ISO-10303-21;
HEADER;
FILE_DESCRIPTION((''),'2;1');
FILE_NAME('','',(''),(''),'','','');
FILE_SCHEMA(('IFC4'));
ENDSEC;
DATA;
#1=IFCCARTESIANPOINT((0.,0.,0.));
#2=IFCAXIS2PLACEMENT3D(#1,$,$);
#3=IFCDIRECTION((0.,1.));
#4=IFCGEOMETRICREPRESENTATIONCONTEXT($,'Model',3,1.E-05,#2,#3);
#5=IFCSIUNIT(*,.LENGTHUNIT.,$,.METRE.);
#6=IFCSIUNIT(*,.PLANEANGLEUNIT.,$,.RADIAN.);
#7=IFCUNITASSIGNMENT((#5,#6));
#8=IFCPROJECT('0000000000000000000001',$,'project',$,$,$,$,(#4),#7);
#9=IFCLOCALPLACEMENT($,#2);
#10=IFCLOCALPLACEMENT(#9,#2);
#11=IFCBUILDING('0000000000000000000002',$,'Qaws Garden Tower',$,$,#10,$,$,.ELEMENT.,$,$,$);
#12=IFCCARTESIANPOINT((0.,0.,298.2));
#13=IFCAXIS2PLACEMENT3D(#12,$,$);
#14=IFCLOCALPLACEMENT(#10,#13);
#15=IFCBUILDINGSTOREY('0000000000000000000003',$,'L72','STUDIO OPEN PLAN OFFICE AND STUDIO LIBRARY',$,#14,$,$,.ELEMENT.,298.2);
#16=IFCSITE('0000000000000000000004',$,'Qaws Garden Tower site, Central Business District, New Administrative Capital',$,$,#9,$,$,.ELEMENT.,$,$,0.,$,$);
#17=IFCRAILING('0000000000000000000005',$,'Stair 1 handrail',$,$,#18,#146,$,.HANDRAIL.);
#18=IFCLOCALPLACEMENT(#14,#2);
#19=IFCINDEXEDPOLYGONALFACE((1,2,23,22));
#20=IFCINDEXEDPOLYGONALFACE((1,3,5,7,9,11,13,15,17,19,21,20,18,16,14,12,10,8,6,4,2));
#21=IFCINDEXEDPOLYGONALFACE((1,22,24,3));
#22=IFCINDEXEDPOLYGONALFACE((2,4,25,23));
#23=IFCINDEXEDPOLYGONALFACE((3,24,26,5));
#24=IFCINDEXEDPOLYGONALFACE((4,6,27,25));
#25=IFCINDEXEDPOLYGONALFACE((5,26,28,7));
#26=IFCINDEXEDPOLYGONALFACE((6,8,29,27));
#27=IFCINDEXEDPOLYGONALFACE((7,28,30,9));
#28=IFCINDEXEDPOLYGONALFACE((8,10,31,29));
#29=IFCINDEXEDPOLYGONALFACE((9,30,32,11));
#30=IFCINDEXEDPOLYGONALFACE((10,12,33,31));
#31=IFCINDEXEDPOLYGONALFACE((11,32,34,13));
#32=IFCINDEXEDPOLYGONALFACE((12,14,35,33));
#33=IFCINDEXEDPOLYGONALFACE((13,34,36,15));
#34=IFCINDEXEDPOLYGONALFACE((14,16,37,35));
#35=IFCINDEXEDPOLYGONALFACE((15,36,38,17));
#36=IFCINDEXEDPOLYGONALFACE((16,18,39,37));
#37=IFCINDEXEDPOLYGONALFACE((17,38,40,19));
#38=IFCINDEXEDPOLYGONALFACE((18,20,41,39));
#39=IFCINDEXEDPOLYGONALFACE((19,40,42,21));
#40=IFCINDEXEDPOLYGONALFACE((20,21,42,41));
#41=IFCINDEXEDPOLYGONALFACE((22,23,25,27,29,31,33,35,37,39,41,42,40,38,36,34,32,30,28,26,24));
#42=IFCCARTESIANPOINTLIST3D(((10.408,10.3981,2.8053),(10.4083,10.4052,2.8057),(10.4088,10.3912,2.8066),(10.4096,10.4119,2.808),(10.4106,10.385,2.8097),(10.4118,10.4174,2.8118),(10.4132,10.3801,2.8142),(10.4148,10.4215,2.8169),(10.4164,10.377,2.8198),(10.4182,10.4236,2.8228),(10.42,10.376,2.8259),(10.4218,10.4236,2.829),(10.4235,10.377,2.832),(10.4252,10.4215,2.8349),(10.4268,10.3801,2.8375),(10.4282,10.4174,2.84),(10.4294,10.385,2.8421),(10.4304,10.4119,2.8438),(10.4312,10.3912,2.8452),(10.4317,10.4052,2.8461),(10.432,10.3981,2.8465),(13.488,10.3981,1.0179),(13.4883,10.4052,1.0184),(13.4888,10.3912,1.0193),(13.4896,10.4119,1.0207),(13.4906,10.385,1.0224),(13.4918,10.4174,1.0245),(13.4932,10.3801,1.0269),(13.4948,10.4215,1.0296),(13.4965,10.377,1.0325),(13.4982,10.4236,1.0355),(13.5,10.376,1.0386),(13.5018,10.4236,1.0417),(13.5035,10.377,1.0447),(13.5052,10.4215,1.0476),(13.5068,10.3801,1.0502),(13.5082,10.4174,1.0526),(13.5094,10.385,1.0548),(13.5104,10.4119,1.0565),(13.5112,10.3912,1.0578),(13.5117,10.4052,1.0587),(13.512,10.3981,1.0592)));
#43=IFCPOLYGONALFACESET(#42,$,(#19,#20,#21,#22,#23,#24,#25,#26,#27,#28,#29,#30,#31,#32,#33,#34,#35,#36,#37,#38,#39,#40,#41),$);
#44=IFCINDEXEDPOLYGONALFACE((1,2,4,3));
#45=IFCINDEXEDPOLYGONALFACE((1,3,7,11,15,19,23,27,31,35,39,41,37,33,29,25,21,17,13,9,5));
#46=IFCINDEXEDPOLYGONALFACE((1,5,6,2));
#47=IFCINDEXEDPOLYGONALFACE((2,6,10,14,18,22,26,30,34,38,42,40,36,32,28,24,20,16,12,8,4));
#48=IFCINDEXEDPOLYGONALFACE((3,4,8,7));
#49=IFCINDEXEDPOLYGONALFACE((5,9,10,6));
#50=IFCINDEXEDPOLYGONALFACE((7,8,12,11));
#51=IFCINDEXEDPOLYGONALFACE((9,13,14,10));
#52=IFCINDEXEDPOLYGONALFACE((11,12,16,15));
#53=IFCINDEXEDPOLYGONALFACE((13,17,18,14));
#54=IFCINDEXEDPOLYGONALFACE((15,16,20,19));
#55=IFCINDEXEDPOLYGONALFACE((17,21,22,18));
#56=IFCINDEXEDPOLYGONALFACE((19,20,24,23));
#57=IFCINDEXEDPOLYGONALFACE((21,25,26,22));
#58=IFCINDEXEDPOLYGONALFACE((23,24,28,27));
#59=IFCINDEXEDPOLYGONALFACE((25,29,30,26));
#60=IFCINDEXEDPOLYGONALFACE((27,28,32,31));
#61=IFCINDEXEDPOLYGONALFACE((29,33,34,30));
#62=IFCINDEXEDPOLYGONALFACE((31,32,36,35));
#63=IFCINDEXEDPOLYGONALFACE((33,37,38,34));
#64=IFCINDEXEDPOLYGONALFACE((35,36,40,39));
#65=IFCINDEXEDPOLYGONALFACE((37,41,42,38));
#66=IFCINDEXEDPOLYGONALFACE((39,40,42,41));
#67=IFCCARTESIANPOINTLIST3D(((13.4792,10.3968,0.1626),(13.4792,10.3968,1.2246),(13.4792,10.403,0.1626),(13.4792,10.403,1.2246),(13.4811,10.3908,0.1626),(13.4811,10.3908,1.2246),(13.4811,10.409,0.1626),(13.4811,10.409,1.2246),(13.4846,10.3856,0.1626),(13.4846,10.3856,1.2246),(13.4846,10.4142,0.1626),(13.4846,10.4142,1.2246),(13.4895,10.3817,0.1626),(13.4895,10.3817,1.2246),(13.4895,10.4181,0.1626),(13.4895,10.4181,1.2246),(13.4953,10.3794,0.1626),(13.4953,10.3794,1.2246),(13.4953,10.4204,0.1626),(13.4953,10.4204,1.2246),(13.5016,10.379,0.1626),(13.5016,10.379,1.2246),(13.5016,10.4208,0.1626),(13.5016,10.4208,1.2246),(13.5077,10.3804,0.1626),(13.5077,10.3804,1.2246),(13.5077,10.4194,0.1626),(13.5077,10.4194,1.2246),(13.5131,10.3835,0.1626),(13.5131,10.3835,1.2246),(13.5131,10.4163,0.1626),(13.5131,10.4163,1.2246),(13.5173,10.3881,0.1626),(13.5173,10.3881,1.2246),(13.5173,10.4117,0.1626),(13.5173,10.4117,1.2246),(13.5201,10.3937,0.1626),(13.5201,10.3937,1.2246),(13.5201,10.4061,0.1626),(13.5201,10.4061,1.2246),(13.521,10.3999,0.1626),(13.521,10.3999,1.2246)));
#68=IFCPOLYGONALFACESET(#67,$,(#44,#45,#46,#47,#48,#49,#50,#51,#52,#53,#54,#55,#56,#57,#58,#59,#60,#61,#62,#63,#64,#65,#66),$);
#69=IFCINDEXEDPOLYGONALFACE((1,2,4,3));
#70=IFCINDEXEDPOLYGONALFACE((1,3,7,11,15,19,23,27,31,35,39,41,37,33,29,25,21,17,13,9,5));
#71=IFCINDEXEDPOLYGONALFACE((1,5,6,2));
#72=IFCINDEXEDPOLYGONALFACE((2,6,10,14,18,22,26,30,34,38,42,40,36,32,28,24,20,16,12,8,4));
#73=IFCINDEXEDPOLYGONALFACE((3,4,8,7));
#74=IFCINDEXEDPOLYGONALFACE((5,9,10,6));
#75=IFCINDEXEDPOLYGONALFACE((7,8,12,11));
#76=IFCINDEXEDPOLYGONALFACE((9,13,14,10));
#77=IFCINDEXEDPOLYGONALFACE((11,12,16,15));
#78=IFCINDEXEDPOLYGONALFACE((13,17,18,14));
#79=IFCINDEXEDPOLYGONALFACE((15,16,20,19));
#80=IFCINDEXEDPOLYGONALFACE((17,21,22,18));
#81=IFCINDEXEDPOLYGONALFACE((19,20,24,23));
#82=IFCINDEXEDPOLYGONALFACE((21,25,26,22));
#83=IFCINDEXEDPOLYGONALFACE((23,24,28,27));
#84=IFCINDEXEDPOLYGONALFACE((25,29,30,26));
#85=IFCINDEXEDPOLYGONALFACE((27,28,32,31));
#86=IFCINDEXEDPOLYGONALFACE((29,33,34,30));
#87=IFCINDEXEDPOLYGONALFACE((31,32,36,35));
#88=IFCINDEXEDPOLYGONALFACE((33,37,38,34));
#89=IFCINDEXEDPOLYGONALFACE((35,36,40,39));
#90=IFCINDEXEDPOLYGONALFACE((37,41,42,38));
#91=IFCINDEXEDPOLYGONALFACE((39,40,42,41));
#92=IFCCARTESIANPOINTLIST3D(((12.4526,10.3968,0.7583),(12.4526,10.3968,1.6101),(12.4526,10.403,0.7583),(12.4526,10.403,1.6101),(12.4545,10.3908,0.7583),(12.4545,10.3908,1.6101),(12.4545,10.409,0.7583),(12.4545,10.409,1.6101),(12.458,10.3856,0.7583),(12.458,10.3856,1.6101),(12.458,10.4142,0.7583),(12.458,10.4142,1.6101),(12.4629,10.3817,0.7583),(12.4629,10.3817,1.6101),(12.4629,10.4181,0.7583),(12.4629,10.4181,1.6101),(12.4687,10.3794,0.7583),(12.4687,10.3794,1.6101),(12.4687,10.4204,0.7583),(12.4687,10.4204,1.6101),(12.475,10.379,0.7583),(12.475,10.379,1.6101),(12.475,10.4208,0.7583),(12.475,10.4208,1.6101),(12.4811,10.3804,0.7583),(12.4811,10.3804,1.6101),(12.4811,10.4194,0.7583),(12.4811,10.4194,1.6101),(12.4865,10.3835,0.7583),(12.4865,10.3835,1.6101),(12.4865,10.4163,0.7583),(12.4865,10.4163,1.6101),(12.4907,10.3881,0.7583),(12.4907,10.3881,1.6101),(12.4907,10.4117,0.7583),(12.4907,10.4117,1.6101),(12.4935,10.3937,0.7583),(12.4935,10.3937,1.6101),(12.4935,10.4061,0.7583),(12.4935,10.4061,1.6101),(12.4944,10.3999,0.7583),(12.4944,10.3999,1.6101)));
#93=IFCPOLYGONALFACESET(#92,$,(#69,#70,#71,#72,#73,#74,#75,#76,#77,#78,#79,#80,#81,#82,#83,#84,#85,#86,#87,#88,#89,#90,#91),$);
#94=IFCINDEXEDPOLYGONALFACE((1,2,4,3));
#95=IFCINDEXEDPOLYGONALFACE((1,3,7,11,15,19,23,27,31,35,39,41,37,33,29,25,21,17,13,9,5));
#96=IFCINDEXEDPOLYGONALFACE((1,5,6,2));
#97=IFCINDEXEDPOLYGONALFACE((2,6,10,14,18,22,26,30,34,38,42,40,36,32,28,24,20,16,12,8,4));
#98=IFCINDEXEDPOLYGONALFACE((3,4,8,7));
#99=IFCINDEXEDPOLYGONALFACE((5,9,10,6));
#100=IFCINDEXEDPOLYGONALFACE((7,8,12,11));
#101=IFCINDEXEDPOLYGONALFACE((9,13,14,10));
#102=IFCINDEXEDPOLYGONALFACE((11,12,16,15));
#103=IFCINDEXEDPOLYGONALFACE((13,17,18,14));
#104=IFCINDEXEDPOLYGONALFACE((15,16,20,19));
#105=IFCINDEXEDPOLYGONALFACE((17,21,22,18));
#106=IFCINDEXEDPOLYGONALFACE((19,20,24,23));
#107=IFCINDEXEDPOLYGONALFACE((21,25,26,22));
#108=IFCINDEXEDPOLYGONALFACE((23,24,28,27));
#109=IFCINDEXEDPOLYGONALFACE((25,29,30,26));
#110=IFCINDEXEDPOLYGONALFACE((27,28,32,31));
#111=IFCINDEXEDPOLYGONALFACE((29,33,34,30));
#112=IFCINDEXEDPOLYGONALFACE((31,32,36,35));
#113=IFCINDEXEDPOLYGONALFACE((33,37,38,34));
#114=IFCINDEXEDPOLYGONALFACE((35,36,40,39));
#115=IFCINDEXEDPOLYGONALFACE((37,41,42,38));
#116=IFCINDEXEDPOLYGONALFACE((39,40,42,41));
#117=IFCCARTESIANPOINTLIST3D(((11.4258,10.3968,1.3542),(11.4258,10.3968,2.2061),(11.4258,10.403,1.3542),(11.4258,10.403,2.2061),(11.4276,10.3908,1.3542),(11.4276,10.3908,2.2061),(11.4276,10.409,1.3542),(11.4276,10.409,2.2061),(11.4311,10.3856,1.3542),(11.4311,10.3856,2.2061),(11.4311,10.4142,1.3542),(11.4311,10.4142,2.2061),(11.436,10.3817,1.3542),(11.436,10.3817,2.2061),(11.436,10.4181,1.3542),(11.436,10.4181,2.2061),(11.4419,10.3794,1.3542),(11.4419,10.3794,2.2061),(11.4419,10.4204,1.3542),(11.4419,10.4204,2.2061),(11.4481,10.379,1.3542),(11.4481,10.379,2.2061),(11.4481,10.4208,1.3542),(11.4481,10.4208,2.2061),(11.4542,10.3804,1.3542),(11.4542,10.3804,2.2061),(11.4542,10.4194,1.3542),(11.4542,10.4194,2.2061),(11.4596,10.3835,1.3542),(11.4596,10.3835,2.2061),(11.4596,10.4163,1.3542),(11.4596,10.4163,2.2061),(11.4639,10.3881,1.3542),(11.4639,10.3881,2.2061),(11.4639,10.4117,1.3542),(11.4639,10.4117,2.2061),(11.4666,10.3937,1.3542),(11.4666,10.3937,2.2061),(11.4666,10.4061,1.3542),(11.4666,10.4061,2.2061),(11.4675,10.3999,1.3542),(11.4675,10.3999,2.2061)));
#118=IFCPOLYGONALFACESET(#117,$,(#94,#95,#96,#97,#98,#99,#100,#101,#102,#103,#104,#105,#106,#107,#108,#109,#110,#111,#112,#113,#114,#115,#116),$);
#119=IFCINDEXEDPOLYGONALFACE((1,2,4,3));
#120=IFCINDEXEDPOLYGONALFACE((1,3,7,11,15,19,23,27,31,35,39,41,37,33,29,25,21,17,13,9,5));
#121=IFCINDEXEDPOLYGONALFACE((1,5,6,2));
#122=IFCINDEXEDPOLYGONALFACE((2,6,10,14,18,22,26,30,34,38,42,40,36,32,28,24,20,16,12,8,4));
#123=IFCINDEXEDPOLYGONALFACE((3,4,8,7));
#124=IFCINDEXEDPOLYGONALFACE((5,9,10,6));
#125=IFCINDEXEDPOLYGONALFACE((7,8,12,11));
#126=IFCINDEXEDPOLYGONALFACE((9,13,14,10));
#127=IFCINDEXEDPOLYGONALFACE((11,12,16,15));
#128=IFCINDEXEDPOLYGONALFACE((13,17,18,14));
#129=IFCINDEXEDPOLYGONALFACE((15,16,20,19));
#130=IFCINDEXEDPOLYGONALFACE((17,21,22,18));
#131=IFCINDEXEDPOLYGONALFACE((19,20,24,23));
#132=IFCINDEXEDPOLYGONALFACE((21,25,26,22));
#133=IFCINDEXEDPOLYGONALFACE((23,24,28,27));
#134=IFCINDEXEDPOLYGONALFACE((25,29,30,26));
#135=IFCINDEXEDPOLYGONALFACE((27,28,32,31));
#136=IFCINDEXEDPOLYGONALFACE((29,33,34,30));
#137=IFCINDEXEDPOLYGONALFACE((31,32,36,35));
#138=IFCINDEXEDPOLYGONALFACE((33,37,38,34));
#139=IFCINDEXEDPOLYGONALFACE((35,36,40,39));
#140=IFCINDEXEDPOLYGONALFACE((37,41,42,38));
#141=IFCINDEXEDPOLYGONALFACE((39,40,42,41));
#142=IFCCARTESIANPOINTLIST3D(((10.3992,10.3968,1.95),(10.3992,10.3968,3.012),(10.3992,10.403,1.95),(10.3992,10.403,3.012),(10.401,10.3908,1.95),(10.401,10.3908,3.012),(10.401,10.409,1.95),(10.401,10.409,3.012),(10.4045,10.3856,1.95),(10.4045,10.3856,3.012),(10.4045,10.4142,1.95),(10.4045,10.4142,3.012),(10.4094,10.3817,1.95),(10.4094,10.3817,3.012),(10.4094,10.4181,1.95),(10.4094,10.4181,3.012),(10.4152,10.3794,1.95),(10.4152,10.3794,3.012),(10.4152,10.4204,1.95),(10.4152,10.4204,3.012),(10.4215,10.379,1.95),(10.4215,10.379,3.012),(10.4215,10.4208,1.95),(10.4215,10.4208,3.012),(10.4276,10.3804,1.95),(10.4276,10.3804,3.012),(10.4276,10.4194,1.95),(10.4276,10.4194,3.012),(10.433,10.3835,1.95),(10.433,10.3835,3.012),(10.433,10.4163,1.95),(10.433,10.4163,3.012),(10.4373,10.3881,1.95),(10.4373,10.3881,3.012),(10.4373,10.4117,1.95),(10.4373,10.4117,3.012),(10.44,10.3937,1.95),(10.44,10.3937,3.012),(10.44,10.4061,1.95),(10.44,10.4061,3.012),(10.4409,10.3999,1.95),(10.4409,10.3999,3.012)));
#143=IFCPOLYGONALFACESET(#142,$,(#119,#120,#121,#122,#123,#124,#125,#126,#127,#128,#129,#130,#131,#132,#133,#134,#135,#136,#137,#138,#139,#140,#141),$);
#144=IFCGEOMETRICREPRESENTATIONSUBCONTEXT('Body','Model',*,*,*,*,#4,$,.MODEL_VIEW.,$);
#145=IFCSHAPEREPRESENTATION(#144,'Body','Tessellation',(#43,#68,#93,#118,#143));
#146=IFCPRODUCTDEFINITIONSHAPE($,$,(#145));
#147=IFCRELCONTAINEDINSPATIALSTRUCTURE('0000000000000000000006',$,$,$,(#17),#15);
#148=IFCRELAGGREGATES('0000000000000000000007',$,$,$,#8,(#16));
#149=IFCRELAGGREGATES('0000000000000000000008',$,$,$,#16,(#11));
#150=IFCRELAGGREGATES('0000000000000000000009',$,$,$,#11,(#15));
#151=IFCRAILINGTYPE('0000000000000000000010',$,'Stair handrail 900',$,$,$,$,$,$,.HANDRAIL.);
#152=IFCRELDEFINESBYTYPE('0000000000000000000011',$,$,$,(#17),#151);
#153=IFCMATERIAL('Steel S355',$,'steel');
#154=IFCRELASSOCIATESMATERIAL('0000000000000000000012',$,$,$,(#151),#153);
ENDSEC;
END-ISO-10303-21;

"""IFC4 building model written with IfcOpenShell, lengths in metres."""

from ifc_helpers import new_model, si_unit, direction, frame, origin, origin_2d, place, context, subcontext, project, spatial, circle, extrude, material, type_object, element, save


model = new_model("IFC4")

# Units and contexts
model_context = context("Model", 3, precision=1e-05, world=origin(), true_north=direction((0.0, 1.0)))
body_context = subcontext(model_context, "Body", "Model", "MODEL_VIEW")
ifc_project = project(units=[si_unit("LENGTHUNIT", "METRE"), si_unit("PLANEANGLEUNIT", "RADIAN")], contexts=[model_context])

# Site, building, storey
site_placement = place(None, origin())
site = spatial("IfcSite", under=ifc_project, at=site_placement, Name="Qaws Garden Tower site, Central Business District, New Administrative Capital", CompositionType="ELEMENT", RefElevation=0.0)
building_placement = place(site_placement, origin())
building = spatial("IfcBuilding", under=site, at=building_placement, Name="Qaws Garden Tower", CompositionType="ELEMENT")
storey_placement = place(building_placement, frame((0.0, 0.0, 298.2)))
storey = spatial("IfcBuildingStorey", under=building, at=storey_placement, Name="L72", Description="STUDIO OPEN PLAN OFFICE AND STUDIO LIBRARY", CompositionType="ELEMENT", Elevation=298.2)

# Railing
ifc_material_1 = material(Name="Steel S355", Category="steel")
railing_type = type_object("IfcRailingType", Name="Stair handrail 900", PredefinedType="HANDRAIL", material=ifc_material_1)
railing_placement = place(storey_placement, frame((13.5, 10.3999, 0.1626)))
element("IfcRailing", 1, at=railing_placement, inside=storey, type_object=railing_type, Name="Stair 1 handrail", PredefinedType="HANDRAIL", context=body_context, shape_type="SweptSolid", body=[
    extrude(circle(Radius=0.0239, at=origin_2d()), frame((0.0, 0.0, 0.876), z_axis=(-0.86492, 0.0, 0.501909), x_axis=(0.0, -1.0, 0.0)), (0.0, 0.0, 1.0), 3.561),
    extrude(circle(Radius=0.021, at=origin_2d()), origin(), (0.0, 0.0, 1.0), 1.062),
    extrude(circle(Radius=0.021, at=origin_2d()), frame((-1.0266, 0.0, 0.5957)), (0.0, 0.0, 1.0), 0.8518),
    extrude(circle(Radius=0.021, at=origin_2d()), frame((-2.0535, 0.0, 1.1917)), (0.0, 0.0, 1.0), 0.8518),
    extrude(circle(Radius=0.021, at=origin_2d()), frame((-3.0801, 0.0, 1.7874)), (0.0, 0.0, 1.0), 1.062),
])

save(model, "model.ifc")
